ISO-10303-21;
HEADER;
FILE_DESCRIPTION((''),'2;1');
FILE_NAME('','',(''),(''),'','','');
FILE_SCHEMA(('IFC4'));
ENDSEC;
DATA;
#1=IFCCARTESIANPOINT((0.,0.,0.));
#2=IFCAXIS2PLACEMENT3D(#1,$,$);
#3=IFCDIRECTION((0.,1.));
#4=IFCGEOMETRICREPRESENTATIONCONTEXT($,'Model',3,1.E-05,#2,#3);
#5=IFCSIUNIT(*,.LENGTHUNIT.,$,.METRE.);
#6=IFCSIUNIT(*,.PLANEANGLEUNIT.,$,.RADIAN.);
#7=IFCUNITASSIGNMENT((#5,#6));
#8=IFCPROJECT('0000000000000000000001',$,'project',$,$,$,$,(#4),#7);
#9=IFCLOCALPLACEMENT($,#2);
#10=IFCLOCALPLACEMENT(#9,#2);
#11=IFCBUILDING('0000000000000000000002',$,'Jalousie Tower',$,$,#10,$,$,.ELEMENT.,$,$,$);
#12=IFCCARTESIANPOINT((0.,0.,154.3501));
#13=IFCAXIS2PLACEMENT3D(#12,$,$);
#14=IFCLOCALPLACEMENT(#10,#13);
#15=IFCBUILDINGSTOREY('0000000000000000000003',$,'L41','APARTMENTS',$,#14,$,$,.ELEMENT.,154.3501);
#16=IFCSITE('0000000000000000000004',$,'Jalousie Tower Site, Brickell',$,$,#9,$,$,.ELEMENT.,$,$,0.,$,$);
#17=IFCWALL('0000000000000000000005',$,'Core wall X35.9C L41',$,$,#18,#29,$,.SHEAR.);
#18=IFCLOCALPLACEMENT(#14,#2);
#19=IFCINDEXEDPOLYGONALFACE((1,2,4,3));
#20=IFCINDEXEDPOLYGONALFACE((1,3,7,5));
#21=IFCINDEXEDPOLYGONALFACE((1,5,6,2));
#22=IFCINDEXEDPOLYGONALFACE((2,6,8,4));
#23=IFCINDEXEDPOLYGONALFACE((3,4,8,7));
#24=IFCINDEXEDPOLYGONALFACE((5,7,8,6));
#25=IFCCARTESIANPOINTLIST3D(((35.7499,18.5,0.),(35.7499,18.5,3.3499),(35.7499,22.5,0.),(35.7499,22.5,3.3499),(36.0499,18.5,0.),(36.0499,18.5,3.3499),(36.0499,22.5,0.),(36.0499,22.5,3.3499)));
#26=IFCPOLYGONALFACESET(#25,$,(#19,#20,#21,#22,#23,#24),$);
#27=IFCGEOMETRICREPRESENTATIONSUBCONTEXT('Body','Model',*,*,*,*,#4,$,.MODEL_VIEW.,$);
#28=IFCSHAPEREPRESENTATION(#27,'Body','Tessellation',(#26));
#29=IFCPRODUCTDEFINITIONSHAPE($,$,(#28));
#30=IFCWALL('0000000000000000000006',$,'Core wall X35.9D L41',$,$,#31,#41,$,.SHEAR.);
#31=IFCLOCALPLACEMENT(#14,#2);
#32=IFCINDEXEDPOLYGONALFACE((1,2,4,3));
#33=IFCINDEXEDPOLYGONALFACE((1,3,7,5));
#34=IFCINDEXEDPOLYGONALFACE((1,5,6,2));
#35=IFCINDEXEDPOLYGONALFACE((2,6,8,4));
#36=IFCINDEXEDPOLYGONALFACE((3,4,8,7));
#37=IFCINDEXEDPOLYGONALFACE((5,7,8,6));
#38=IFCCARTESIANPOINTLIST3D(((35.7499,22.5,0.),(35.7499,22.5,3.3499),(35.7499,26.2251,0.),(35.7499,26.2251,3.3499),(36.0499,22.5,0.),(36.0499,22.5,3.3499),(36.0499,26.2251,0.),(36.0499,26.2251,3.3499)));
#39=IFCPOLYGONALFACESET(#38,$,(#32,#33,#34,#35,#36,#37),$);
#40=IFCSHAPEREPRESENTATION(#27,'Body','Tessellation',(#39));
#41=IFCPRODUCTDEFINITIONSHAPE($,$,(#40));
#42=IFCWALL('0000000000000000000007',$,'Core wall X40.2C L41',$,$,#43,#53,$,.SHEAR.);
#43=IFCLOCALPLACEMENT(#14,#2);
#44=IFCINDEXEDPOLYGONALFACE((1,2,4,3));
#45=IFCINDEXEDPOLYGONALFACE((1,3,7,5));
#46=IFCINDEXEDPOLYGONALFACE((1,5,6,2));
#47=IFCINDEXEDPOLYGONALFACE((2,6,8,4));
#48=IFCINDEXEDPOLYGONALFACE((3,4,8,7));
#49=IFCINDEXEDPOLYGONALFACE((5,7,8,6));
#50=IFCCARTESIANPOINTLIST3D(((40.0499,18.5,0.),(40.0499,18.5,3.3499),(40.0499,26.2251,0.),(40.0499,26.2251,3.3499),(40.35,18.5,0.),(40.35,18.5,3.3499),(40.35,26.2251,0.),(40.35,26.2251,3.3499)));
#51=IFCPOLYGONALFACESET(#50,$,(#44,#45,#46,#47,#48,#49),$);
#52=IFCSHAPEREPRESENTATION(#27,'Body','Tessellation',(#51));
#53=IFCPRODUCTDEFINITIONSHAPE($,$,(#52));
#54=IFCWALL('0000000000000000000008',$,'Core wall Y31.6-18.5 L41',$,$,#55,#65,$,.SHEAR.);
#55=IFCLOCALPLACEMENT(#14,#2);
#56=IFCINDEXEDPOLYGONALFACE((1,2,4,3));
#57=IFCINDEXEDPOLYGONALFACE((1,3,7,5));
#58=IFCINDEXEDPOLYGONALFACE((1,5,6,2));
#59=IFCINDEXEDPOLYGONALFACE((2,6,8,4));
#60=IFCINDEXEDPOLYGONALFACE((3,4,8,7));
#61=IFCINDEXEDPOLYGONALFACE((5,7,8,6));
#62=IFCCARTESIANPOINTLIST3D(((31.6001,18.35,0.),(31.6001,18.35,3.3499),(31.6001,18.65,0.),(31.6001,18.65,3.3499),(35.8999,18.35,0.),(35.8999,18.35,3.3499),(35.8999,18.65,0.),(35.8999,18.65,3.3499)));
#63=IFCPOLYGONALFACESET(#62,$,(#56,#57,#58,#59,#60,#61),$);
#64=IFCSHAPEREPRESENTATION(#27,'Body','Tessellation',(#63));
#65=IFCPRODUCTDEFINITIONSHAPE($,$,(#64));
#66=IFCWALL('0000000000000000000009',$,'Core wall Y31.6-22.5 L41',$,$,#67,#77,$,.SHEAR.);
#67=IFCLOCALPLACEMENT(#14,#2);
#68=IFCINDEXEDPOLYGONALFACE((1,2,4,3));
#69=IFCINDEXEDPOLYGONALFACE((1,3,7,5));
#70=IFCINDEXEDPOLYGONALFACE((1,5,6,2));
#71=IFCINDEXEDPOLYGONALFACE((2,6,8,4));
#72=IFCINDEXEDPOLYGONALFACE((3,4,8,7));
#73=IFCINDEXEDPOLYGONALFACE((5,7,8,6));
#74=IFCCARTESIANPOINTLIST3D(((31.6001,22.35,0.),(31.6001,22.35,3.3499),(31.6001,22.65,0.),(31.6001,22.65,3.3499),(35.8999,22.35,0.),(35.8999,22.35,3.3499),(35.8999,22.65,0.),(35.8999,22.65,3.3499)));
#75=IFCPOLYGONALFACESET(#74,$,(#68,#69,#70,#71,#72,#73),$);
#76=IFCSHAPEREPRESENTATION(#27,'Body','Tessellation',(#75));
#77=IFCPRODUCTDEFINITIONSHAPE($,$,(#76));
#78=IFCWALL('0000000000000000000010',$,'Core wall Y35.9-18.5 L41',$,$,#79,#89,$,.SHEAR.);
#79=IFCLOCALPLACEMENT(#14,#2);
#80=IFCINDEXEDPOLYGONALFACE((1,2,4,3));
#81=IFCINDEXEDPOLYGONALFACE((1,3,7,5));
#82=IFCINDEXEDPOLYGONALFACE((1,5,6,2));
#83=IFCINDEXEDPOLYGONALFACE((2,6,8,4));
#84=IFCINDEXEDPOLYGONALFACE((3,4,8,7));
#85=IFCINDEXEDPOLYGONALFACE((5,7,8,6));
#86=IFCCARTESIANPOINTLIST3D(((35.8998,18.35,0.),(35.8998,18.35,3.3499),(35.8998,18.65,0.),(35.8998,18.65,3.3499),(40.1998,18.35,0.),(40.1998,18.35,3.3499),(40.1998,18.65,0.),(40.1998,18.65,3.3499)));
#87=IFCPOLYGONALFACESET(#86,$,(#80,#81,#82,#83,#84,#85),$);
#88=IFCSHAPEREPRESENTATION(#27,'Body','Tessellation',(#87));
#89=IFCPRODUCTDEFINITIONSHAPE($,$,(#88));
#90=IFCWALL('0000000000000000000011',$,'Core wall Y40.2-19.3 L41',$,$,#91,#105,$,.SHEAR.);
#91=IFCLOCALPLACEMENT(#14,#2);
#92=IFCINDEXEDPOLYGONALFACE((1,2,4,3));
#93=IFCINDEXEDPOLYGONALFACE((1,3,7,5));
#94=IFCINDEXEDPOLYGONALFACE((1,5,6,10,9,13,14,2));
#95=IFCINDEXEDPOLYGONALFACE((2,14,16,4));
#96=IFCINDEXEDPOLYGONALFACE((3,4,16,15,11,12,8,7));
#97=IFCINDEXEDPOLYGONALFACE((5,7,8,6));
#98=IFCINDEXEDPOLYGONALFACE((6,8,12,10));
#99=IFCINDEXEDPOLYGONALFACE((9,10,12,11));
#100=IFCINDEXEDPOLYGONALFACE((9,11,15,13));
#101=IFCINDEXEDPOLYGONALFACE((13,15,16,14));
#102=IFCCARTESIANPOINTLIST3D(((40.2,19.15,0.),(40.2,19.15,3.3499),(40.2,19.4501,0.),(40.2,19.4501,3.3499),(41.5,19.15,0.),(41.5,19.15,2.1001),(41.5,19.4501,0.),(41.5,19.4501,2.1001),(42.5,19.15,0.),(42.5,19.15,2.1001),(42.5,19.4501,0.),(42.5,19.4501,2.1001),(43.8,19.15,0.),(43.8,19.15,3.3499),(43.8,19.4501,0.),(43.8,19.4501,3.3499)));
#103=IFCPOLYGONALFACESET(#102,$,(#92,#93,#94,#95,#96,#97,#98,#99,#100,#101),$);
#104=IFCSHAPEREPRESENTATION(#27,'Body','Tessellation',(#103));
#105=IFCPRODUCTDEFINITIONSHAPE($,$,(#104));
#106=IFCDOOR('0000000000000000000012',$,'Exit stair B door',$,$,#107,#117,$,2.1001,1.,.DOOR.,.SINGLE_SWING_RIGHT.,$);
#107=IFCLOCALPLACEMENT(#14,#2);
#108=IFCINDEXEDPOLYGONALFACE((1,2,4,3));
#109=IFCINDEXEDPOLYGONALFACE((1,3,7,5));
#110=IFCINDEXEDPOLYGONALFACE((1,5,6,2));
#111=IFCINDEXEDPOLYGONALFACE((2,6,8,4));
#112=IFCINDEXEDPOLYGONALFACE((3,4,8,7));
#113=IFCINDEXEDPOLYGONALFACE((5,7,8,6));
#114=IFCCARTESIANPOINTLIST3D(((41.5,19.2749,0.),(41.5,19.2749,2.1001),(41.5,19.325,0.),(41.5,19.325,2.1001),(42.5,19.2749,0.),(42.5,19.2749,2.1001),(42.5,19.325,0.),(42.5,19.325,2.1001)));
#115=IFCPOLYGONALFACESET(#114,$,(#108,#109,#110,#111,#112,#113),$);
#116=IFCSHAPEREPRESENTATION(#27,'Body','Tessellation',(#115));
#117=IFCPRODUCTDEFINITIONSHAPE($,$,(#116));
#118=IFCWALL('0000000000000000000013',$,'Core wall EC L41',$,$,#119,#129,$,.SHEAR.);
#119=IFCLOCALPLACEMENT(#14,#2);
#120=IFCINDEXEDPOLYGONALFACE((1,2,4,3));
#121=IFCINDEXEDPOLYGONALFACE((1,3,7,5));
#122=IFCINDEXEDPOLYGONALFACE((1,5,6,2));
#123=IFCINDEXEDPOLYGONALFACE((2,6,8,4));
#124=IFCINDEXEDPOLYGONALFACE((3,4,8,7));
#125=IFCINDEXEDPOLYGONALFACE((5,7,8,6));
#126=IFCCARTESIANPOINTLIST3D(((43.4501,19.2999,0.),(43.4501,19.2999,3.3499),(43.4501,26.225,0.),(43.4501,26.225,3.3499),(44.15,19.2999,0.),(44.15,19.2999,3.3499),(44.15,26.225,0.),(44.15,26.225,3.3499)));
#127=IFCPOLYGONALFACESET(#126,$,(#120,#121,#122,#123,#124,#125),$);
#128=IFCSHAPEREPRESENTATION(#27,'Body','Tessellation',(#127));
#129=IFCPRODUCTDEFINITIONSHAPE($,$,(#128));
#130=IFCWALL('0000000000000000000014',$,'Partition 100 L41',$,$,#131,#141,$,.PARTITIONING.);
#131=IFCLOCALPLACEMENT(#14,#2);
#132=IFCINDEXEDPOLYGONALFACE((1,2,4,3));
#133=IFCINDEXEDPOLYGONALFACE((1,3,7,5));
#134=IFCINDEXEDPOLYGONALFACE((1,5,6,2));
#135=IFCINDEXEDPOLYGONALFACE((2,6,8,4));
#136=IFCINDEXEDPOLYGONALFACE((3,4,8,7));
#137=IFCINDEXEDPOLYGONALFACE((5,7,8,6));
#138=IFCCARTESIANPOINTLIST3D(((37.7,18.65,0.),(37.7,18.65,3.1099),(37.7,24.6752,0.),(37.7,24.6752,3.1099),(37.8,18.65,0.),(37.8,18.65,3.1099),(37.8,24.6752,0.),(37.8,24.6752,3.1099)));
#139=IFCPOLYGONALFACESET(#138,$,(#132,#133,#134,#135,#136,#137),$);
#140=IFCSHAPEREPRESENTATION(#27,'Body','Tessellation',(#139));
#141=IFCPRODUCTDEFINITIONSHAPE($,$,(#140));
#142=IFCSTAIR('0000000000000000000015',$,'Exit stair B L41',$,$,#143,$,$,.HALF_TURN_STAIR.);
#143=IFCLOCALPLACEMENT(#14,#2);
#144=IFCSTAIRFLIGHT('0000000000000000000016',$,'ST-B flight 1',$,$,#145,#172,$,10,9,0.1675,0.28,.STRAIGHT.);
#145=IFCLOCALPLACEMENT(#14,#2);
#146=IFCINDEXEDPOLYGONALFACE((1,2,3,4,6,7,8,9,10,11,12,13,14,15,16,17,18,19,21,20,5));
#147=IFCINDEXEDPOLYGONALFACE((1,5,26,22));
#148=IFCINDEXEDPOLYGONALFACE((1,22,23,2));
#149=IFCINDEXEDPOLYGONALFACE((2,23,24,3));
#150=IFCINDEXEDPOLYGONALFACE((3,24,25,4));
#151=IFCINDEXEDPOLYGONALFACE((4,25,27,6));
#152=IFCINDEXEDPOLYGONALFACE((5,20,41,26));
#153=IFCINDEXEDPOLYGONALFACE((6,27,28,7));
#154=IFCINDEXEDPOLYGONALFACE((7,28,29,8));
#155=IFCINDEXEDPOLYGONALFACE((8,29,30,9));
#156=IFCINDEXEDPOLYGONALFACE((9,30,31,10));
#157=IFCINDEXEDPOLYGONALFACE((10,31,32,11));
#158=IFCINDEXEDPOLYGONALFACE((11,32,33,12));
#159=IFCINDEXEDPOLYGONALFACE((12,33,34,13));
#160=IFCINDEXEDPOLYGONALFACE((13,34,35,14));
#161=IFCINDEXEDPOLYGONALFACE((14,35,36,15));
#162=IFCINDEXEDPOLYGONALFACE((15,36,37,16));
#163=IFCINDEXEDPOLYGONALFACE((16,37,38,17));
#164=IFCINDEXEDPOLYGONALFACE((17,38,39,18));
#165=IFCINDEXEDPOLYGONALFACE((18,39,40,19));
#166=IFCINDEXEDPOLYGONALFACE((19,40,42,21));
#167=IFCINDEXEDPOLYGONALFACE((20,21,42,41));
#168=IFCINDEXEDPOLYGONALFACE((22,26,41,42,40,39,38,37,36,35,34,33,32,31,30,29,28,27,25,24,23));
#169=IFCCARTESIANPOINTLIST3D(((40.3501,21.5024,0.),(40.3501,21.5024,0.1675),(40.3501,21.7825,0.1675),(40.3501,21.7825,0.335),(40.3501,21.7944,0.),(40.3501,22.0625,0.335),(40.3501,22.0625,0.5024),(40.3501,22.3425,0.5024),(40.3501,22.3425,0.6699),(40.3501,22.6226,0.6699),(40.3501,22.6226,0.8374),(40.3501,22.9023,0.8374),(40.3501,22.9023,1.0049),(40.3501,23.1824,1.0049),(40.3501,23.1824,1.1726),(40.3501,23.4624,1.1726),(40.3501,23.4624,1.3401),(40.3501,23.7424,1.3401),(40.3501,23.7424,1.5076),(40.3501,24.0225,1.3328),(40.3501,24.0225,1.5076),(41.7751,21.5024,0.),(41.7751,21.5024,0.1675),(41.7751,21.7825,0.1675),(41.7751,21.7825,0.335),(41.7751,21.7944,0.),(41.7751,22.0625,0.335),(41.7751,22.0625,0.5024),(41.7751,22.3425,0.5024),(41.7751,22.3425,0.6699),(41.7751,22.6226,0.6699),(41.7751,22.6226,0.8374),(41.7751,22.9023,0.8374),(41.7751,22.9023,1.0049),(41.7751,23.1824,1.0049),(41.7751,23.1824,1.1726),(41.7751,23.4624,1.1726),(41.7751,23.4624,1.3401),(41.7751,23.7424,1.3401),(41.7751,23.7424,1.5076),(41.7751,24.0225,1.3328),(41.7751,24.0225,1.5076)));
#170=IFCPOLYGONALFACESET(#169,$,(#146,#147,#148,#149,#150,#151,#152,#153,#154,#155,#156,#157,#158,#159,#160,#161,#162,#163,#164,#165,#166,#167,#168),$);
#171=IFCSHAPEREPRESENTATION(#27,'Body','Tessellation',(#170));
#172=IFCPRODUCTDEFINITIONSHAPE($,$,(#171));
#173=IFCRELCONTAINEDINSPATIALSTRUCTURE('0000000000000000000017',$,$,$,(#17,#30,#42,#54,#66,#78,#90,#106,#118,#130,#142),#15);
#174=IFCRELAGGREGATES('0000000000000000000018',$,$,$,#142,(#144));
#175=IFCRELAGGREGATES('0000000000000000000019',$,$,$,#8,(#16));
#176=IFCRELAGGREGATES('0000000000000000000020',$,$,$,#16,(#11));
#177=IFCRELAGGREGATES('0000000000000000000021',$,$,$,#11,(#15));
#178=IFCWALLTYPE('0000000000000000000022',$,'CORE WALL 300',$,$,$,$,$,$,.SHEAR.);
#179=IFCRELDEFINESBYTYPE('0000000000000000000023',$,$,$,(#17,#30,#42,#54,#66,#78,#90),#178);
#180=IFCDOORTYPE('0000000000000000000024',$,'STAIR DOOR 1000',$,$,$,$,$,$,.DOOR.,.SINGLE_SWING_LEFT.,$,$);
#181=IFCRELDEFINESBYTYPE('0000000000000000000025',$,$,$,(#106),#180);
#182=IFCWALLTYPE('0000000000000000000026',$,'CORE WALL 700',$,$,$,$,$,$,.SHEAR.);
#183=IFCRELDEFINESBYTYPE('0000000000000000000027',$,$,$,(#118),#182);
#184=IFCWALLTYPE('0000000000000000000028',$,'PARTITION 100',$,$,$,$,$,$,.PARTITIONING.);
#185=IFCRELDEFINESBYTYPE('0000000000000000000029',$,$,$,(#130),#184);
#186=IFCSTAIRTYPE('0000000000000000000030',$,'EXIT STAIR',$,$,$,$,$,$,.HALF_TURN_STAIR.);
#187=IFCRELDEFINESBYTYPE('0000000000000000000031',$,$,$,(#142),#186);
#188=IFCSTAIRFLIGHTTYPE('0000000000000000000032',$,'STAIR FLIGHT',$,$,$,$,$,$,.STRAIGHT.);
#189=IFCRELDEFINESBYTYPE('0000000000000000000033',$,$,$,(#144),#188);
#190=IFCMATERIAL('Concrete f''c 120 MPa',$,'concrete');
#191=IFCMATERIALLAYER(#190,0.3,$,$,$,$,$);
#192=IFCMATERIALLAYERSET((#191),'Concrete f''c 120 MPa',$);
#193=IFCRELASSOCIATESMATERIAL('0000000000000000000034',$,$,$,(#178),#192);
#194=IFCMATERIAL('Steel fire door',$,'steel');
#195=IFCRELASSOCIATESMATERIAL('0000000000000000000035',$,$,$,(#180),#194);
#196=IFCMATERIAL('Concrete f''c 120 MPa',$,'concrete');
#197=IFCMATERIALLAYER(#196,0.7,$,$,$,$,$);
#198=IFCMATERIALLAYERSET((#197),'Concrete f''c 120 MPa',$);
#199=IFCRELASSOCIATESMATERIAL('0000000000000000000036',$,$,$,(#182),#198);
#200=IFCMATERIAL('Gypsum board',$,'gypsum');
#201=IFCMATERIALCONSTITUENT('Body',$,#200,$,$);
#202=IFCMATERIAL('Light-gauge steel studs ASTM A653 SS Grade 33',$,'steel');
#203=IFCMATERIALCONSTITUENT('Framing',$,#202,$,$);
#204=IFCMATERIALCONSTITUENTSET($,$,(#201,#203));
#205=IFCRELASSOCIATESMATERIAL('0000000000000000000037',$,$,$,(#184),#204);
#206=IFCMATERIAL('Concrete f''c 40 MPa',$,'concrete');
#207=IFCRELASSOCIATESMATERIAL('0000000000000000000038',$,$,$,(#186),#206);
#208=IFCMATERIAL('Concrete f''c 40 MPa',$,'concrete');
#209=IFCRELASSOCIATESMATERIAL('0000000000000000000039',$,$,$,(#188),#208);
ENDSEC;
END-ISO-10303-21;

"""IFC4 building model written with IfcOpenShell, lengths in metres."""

from ifc_helpers import new_model, si_unit, direction, frame, frame_2d, origin, place, context, subcontext, project, spatial, polyline, rectangle, outline, extrude, material, layer, layer_set, constituent, constituent_set, type_object, element, fill, aggregate, save


model = new_model("IFC4")

# Units and contexts
model_context = context("Model", 3, precision=1e-05, world=origin(), true_north=direction((0.0, 1.0)))
body_context = subcontext(model_context, "Body", "Model", "MODEL_VIEW")
ifc_project = project(units=[si_unit("LENGTHUNIT", "METRE"), si_unit("PLANEANGLEUNIT", "RADIAN")], contexts=[model_context])

# Site, building, storey
site_placement = place(None, origin())
site = spatial("IfcSite", under=ifc_project, at=site_placement, Name="Jalousie Tower Site, Brickell", CompositionType="ELEMENT", RefElevation=0.0)
building_placement = place(site_placement, origin())
building = spatial("IfcBuilding", under=site, at=building_placement, Name="Jalousie Tower", CompositionType="ELEMENT")
storey_placement = place(building_placement, frame((0.0, 0.0, 154.3501)))
storey = spatial("IfcBuildingStorey", under=building, at=storey_placement, Name="L41", Description="APARTMENTS", CompositionType="ELEMENT", Elevation=154.3501)

# Walls
ifc_material_1 = material(Name="Concrete f'c 120 MPa", Category="concrete")
ifc_layer_1 = layer(ifc_material_1, 0.3)
ifc_layer_set_1 = layer_set([ifc_layer_1], Name="Concrete f'c 120 MPa")
wall_type_1 = type_object("IfcWallType", Name="CORE WALL 300", PredefinedType="SHEAR", material=ifc_layer_set_1)
wall_1_placement = place(storey_placement, frame((35.8999, 18.5, 0.0), z_axis=(0.0, 0.0, 1.0), x_axis=(0.0, 1.0, 0.0)))
element("IfcWall", 1, at=wall_1_placement, inside=storey, type_object=wall_type_1, Name="Core wall X35.9C L41", PredefinedType="SHEAR", context=body_context, shape_type="SweptSolid", body=[
    extrude(rectangle(XDim=4.0, YDim=0.3, at=frame_2d((2.0, 0.0))), origin(), (0.0, 0.0, 1.0), 3.3499),
])
wall_2_placement = place(storey_placement, frame((35.8999, 22.5, 0.0), z_axis=(0.0, 0.0, 1.0), x_axis=(0.0, 1.0, 0.0)))
element("IfcWall", 2, at=wall_2_placement, inside=storey, type_object=wall_type_1, Name="Core wall X35.9D L41", PredefinedType="SHEAR", context=body_context, shape_type="SweptSolid", body=[
    extrude(rectangle(XDim=3.7251, YDim=0.3, at=frame_2d((1.8625, 0.0))), origin(), (0.0, 0.0, 1.0), 3.3499),
])
wall_3_placement = place(storey_placement, frame((40.2, 18.5, 0.0), z_axis=(0.0, 0.0, 1.0), x_axis=(0.0, 1.0, 0.0)))
element("IfcWall", 3, at=wall_3_placement, inside=storey, type_object=wall_type_1, Name="Core wall X40.2C L41", PredefinedType="SHEAR", context=body_context, shape_type="SweptSolid", body=[
    extrude(rectangle(XDim=7.7251, YDim=0.3, at=frame_2d((3.8625, 0.0))), origin(), (0.0, 0.0, 1.0), 3.3499),
])
for number, where, z_axis, x_axis, name in (
    (4, (31.6001, 18.5, 0.0), (0.0, 0.0, 1.0), (1.0, 0.0, 0.0), "Core wall Y31.6-18.5 L41"),
    (5, (31.6001, 22.5, 0.0), (0.0, 0.0, 1.0), (1.0, 0.0, 0.0), "Core wall Y31.6-22.5 L41"),
):
    element("IfcWall", number, at=place(storey_placement, frame(where, z_axis=z_axis, x_axis=x_axis)), inside=storey, type_object=wall_type_1, Name=name, PredefinedType="SHEAR", context=body_context, shape_type="SweptSolid", body=[
        extrude(rectangle(XDim=4.2998, YDim=0.3, at=frame_2d((2.1499, 0.0))), origin(), (0.0, 0.0, 1.0), 3.3499),
    ])
wall_4_placement = place(storey_placement, frame((35.8999, 18.5, 0.0), z_axis=(0.0, 0.0, 1.0), x_axis=(1.0, 0.0, 0.0)))
element("IfcWall", 6, at=wall_4_placement, inside=storey, type_object=wall_type_1, Name="Core wall Y35.9-18.5 L41", PredefinedType="SHEAR", context=body_context, shape_type="SweptSolid", body=[
    extrude(rectangle(XDim=4.3, YDim=0.3, at=frame_2d((2.1499, 0.0))), origin(), (0.0, 0.0, 1.0), 3.3499),
])

# Wall, opening, door
wall_5_placement = place(storey_placement, frame((40.2, 19.3, 0.0), z_axis=(0.0, 0.0, 1.0), x_axis=(1.0, 0.0, 0.0)))
wall_5 = element("IfcWall", 7, at=wall_5_placement, inside=storey, type_object=wall_type_1, Name="Core wall Y40.2-19.3 L41", PredefinedType="SHEAR", context=body_context, shape_type="SweptSolid", body=[
    extrude(rectangle(XDim=3.6001, YDim=0.3, at=frame_2d((1.8, 0.0))), origin(), (0.0, 0.0, 1.0), 3.3499),
])
opening_placement = place(wall_5_placement, frame((1.3, 0.0, 0.0)))
opening = element("IfcOpeningElement", 8, at=opening_placement, cuts=wall_5, PredefinedType="OPENING", context=body_context, shape_type="SweptSolid", body=[
    extrude(rectangle(XDim=1.0, YDim=2.1001, at=frame_2d((0.5, 1.05))), frame((0.0, 0.1599, 0.0), z_axis=(0.0, -1.0, 0.0), x_axis=(1.0, 0.0, 0.0)), (0.0, 0.0, 1.0), 0.3201),
])
ifc_material_2 = material(Name="Steel fire door", Category="steel")
door_type = type_object("IfcDoorType", Name="STAIR DOOR 1000", OperationType="SINGLE_SWING_LEFT", PredefinedType="DOOR", material=ifc_material_2)
door_placement = place(opening_placement, origin())
door = element("IfcDoor", 9, at=door_placement, inside=storey, type_object=door_type, Name="Exit stair B door", OperationType="SINGLE_SWING_RIGHT", OverallHeight=2.1001, OverallWidth=1.0, PredefinedType="DOOR", context=body_context, shape_type="SweptSolid", body=[
    extrude(rectangle(XDim=1.0, YDim=2.1001, at=frame_2d((0.5, 1.05))), frame((0.0, 0.0249, 0.0), z_axis=(0.0, -1.0, 0.0), x_axis=(1.0, 0.0, 0.0)), (0.0, 0.0, 1.0), 0.05),
])
fill(opening, door)

# Walls
ifc_material_3 = material(Name="Concrete f'c 120 MPa", Category="concrete")
ifc_layer_2 = layer(ifc_material_3, 0.7)
ifc_layer_set_2 = layer_set([ifc_layer_2], Name="Concrete f'c 120 MPa")
wall_type_2 = type_object("IfcWallType", Name="CORE WALL 700", PredefinedType="SHEAR", material=ifc_layer_set_2)
wall_6_placement = place(storey_placement, frame((43.8, 19.3, 0.0), z_axis=(0.0, 0.0, 1.0), x_axis=(0.0, 1.0, 0.0)))
element("IfcWall", 10, at=wall_6_placement, inside=storey, type_object=wall_type_2, Name="Core wall EC L41", PredefinedType="SHEAR", context=body_context, shape_type="SweptSolid", body=[
    extrude(rectangle(XDim=6.925, YDim=0.7, at=frame_2d((3.4624, 0.0))), origin(), (0.0, 0.0, 1.0), 3.3499),
])
ifc_material_4 = material(Name="Gypsum board", Category="gypsum")
ifc_constituent_1 = constituent(ifc_material_4, Name="Body")
ifc_material_5 = material(Name="Light-gauge steel studs ASTM A653 SS Grade 33", Category="steel")
ifc_constituent_2 = constituent(ifc_material_5, Name="Framing")
ifc_constituent_set_1 = constituent_set(constituents=[ifc_constituent_1, ifc_constituent_2])
wall_type_3 = type_object("IfcWallType", Name="PARTITION 100", PredefinedType="PARTITIONING", material=ifc_constituent_set_1)
wall_7_placement = place(storey_placement, frame((37.75, 18.6499, 0.0), z_axis=(0.0, 0.0, 1.0), x_axis=(0.0, 1.0, 0.0)))
element("IfcWall", 11, at=wall_7_placement, inside=storey, type_object=wall_type_3, Name="Partition 100 L41", PredefinedType="PARTITIONING", context=body_context, shape_type="SweptSolid", body=[
    extrude(rectangle(XDim=6.0251, YDim=0.1001, at=frame_2d((3.0127, 0.0))), origin(), (0.0, 0.0, 1.0), 3.1099),
])

# Stair, stair flight
ifc_material_6 = material(Name="Concrete f'c 40 MPa", Category="concrete")
stair_type = type_object("IfcStairType", Name="EXIT STAIR", PredefinedType="HALF_TURN_STAIR", material=ifc_material_6)
stair_placement = place(storey_placement, origin())
stair = element("IfcStair", 12, at=stair_placement, inside=storey, type_object=stair_type, Name="Exit stair B L41", PredefinedType="HALF_TURN_STAIR")
ifc_material_7 = material(Name="Concrete f'c 40 MPa", Category="concrete")
stair_flight_type = type_object("IfcStairFlightType", Name="STAIR FLIGHT", PredefinedType="STRAIGHT", material=ifc_material_7)
stair_flight_placement = place(storey_placement, frame((41.0625, 21.5024, 0.0), z_axis=(0.0, 0.0, 1.0), x_axis=(0.0, 1.0, 0.0)))
stair_flight = element("IfcStairFlight", 13, at=stair_flight_placement, type_object=stair_flight_type, Name="ST-B flight 1", NumberOfRisers=10, NumberOfTreads=9, PredefinedType="STRAIGHT", RiserHeight=0.1675, TreadLength=0.28, context=body_context, shape_type="SweptSolid", body=[
    extrude(outline(polyline([(0.0, 0.0), (0.0, 0.1675), (0.28, 0.1675), (0.28, 0.335), (0.5601, 0.335), (0.5601, 0.5024), (0.8401, 0.5024), (0.8401, 0.6699), (1.1201, 0.6699), (1.1201, 0.8374), (1.3999, 0.8374), (1.3999, 1.0049), (1.6799, 1.0049), (1.6799, 1.1726), (1.96, 1.1726), (1.96, 1.3401), (2.24, 1.3401), (2.24, 1.5076), (2.52, 1.5076), (2.52, 1.675), (2.52, 1.3328), (0.292, 0.0), (0.0, 0.0)])), frame((0.0, 0.7124, 0.0), z_axis=(0.0, -1.0, 0.0), x_axis=(1.0, 0.0, 0.0)), (0.0, 0.0, 1.0), 1.425),
])
aggregate(stair, [stair_flight])

save(model, "model.ifc")
